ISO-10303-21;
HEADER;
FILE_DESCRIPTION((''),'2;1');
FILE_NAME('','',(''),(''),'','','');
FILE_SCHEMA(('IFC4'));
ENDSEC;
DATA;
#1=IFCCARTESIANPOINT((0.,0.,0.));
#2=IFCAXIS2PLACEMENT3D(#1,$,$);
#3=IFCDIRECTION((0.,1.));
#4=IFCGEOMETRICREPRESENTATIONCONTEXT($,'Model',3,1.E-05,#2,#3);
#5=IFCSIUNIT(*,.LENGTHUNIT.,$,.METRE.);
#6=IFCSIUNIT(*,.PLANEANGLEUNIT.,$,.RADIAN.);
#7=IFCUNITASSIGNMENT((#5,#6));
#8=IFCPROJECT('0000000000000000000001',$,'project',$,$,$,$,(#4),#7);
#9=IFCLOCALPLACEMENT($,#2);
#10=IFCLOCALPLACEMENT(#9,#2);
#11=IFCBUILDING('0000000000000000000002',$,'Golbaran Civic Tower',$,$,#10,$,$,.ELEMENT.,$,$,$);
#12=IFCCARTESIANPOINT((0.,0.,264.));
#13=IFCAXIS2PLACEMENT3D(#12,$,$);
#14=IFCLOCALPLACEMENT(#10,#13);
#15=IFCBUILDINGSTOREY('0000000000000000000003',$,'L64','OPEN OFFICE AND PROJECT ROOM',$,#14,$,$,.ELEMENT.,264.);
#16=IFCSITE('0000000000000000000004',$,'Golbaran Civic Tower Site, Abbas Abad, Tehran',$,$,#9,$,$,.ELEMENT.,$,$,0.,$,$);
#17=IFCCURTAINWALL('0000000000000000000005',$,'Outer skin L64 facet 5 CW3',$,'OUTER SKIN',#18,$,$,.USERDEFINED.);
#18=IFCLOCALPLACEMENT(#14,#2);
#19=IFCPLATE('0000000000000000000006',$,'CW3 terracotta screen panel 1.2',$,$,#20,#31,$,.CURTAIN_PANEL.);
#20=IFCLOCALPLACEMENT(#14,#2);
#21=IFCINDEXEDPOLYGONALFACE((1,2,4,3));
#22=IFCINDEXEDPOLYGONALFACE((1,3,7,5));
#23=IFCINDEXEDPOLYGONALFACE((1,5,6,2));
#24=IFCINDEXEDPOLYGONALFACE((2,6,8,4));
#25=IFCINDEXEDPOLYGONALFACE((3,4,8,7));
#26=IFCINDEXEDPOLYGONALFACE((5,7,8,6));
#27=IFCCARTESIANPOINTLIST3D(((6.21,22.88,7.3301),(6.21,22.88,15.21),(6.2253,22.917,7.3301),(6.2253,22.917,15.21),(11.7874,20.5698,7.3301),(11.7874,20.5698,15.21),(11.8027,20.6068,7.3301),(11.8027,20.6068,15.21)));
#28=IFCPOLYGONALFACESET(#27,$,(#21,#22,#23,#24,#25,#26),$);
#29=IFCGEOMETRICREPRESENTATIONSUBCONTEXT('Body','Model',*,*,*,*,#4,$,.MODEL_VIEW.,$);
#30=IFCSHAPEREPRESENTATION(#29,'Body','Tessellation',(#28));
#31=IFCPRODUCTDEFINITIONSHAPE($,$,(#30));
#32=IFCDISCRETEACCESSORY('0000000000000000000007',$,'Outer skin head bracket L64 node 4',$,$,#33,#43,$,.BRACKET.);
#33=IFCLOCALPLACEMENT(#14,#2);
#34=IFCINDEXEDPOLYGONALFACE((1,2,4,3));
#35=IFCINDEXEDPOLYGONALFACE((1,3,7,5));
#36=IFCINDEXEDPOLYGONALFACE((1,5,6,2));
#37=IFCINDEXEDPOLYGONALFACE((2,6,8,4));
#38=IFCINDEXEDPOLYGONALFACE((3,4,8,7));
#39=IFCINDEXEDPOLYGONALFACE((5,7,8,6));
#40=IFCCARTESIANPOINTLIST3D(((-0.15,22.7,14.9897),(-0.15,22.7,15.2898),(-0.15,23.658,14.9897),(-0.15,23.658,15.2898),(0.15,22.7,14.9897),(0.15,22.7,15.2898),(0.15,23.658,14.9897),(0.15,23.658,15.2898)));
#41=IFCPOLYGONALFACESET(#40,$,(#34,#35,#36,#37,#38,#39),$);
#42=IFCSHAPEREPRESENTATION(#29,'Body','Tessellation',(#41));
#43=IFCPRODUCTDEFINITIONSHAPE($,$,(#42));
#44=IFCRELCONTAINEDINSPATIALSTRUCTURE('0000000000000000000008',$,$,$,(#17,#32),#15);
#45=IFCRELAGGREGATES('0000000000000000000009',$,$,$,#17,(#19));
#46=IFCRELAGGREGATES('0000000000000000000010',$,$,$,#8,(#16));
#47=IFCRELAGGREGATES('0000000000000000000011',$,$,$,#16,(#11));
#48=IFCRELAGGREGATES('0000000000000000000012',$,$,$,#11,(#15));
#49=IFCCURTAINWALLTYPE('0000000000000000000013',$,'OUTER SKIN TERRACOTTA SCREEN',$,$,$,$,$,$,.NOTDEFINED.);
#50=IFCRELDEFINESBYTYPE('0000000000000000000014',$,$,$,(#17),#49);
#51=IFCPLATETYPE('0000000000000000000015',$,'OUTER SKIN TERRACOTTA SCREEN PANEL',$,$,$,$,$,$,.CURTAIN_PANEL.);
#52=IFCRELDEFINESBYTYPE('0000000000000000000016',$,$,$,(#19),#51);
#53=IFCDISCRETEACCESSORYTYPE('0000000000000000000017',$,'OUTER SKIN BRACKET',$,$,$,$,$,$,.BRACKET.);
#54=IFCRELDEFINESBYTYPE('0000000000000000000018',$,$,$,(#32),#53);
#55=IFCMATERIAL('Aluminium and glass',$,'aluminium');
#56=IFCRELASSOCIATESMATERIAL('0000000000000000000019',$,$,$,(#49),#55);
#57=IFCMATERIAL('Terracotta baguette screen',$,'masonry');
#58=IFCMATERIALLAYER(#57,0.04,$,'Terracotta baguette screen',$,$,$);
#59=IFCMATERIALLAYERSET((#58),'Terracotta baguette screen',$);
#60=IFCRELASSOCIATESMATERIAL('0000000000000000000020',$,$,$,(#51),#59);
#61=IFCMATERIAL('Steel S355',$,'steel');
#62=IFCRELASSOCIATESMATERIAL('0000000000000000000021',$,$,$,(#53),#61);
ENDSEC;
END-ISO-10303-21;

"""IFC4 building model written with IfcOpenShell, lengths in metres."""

from ifc_helpers import new_model, si_unit, direction, frame, origin, origin_2d, place, context, subcontext, project, spatial, rectangle, extrude, material, layer, layer_set, type_object, element, aggregate, save


model = new_model("IFC4")

# Units and contexts
model_context = context("Model", 3, precision=1e-05, world=origin(), true_north=direction((0.0, 1.0)))
body_context = subcontext(model_context, "Body", "Model", "MODEL_VIEW")
ifc_project = project(units=[si_unit("LENGTHUNIT", "METRE"), si_unit("PLANEANGLEUNIT", "RADIAN")], contexts=[model_context])

# Site, building, storey
site_placement = place(None, origin())
site = spatial("IfcSite", under=ifc_project, at=site_placement, Name="Golbaran Civic Tower Site, Abbas Abad, Tehran", CompositionType="ELEMENT", RefElevation=0.0)
building_placement = place(site_placement, origin())
building = spatial("IfcBuilding", under=site, at=building_placement, Name="Golbaran Civic Tower", CompositionType="ELEMENT")
storey_placement = place(building_placement, frame((0.0, 0.0, 264.0)))
storey = spatial("IfcBuildingStorey", under=building, at=storey_placement, Name="L64", Description="OPEN OFFICE AND PROJECT ROOM", CompositionType="ELEMENT", Elevation=264.0)

# Curtain wall
ifc_material_1 = material(Name="Aluminium and glass", Category="aluminium")
curtain_wall_type_1 = type_object("IfcCurtainWallType", Name="OUTER SKIN TERRACOTTA SCREEN", PredefinedType="NOTDEFINED", material=ifc_material_1)
curtain_wall_1_placement = place(storey_placement, origin())
curtain_wall_1 = element("IfcCurtainWall", 1, at=curtain_wall_1_placement, inside=storey, type_object=curtain_wall_type_1, Name="Outer skin L64 facet 5 CW3", ObjectType="OUTER SKIN", PredefinedType="USERDEFINED")

# Plate
ifc_material_2 = material(Name="Terracotta baguette screen", Category="masonry")
ifc_layer_1 = layer(ifc_material_2, 0.04, Name="Terracotta baguette screen")
ifc_layer_set_1 = layer_set([ifc_layer_1], Name="Terracotta baguette screen")
plate_type_1 = type_object("IfcPlateType", Name="OUTER SKIN TERRACOTTA SCREEN PANEL", PredefinedType="CURTAIN_PANEL", material=ifc_layer_set_1)
plate_1_placement = place(storey_placement, frame((9.0063, 21.7434, 7.3301), z_axis=(0.0, 0.0, 1.0), x_axis=(-0.92388, 0.382683, 0.0)))
plate_1 = element("IfcPlate", 2, at=plate_1_placement, type_object=plate_type_1, Name="CW3 terracotta screen panel 1.2", PredefinedType="CURTAIN_PANEL", context=body_context, shape_type="SweptSolid", body=[
    extrude(rectangle(XDim=6.0369, YDim=0.04, at=origin_2d()), origin(), (0.0, 0.0, 1.0), 7.8799),
])
aggregate(curtain_wall_1, [plate_1])

# Discrete accessory
ifc_material_3 = material(Name="Steel S355", Category="steel")
discrete_accessory_type = type_object("IfcDiscreteAccessoryType", Name="OUTER SKIN BRACKET", PredefinedType="BRACKET", material=ifc_material_3)
discrete_accessory_placement = place(storey_placement, frame((0.0, 23.179, 14.9897), z_axis=(0.0, 0.0, 1.0), x_axis=(0.0, 1.0, 0.0)))
element("IfcDiscreteAccessory", 3, at=discrete_accessory_placement, inside=storey, type_object=discrete_accessory_type, Name="Outer skin head bracket L64 node 4", PredefinedType="BRACKET", context=body_context, shape_type="SweptSolid", body=[
    extrude(rectangle(XDim=0.958, YDim=0.3, at=origin_2d()), origin(), (0.0, 0.0, 1.0), 0.3),
])

save(model, "model.ifc")
